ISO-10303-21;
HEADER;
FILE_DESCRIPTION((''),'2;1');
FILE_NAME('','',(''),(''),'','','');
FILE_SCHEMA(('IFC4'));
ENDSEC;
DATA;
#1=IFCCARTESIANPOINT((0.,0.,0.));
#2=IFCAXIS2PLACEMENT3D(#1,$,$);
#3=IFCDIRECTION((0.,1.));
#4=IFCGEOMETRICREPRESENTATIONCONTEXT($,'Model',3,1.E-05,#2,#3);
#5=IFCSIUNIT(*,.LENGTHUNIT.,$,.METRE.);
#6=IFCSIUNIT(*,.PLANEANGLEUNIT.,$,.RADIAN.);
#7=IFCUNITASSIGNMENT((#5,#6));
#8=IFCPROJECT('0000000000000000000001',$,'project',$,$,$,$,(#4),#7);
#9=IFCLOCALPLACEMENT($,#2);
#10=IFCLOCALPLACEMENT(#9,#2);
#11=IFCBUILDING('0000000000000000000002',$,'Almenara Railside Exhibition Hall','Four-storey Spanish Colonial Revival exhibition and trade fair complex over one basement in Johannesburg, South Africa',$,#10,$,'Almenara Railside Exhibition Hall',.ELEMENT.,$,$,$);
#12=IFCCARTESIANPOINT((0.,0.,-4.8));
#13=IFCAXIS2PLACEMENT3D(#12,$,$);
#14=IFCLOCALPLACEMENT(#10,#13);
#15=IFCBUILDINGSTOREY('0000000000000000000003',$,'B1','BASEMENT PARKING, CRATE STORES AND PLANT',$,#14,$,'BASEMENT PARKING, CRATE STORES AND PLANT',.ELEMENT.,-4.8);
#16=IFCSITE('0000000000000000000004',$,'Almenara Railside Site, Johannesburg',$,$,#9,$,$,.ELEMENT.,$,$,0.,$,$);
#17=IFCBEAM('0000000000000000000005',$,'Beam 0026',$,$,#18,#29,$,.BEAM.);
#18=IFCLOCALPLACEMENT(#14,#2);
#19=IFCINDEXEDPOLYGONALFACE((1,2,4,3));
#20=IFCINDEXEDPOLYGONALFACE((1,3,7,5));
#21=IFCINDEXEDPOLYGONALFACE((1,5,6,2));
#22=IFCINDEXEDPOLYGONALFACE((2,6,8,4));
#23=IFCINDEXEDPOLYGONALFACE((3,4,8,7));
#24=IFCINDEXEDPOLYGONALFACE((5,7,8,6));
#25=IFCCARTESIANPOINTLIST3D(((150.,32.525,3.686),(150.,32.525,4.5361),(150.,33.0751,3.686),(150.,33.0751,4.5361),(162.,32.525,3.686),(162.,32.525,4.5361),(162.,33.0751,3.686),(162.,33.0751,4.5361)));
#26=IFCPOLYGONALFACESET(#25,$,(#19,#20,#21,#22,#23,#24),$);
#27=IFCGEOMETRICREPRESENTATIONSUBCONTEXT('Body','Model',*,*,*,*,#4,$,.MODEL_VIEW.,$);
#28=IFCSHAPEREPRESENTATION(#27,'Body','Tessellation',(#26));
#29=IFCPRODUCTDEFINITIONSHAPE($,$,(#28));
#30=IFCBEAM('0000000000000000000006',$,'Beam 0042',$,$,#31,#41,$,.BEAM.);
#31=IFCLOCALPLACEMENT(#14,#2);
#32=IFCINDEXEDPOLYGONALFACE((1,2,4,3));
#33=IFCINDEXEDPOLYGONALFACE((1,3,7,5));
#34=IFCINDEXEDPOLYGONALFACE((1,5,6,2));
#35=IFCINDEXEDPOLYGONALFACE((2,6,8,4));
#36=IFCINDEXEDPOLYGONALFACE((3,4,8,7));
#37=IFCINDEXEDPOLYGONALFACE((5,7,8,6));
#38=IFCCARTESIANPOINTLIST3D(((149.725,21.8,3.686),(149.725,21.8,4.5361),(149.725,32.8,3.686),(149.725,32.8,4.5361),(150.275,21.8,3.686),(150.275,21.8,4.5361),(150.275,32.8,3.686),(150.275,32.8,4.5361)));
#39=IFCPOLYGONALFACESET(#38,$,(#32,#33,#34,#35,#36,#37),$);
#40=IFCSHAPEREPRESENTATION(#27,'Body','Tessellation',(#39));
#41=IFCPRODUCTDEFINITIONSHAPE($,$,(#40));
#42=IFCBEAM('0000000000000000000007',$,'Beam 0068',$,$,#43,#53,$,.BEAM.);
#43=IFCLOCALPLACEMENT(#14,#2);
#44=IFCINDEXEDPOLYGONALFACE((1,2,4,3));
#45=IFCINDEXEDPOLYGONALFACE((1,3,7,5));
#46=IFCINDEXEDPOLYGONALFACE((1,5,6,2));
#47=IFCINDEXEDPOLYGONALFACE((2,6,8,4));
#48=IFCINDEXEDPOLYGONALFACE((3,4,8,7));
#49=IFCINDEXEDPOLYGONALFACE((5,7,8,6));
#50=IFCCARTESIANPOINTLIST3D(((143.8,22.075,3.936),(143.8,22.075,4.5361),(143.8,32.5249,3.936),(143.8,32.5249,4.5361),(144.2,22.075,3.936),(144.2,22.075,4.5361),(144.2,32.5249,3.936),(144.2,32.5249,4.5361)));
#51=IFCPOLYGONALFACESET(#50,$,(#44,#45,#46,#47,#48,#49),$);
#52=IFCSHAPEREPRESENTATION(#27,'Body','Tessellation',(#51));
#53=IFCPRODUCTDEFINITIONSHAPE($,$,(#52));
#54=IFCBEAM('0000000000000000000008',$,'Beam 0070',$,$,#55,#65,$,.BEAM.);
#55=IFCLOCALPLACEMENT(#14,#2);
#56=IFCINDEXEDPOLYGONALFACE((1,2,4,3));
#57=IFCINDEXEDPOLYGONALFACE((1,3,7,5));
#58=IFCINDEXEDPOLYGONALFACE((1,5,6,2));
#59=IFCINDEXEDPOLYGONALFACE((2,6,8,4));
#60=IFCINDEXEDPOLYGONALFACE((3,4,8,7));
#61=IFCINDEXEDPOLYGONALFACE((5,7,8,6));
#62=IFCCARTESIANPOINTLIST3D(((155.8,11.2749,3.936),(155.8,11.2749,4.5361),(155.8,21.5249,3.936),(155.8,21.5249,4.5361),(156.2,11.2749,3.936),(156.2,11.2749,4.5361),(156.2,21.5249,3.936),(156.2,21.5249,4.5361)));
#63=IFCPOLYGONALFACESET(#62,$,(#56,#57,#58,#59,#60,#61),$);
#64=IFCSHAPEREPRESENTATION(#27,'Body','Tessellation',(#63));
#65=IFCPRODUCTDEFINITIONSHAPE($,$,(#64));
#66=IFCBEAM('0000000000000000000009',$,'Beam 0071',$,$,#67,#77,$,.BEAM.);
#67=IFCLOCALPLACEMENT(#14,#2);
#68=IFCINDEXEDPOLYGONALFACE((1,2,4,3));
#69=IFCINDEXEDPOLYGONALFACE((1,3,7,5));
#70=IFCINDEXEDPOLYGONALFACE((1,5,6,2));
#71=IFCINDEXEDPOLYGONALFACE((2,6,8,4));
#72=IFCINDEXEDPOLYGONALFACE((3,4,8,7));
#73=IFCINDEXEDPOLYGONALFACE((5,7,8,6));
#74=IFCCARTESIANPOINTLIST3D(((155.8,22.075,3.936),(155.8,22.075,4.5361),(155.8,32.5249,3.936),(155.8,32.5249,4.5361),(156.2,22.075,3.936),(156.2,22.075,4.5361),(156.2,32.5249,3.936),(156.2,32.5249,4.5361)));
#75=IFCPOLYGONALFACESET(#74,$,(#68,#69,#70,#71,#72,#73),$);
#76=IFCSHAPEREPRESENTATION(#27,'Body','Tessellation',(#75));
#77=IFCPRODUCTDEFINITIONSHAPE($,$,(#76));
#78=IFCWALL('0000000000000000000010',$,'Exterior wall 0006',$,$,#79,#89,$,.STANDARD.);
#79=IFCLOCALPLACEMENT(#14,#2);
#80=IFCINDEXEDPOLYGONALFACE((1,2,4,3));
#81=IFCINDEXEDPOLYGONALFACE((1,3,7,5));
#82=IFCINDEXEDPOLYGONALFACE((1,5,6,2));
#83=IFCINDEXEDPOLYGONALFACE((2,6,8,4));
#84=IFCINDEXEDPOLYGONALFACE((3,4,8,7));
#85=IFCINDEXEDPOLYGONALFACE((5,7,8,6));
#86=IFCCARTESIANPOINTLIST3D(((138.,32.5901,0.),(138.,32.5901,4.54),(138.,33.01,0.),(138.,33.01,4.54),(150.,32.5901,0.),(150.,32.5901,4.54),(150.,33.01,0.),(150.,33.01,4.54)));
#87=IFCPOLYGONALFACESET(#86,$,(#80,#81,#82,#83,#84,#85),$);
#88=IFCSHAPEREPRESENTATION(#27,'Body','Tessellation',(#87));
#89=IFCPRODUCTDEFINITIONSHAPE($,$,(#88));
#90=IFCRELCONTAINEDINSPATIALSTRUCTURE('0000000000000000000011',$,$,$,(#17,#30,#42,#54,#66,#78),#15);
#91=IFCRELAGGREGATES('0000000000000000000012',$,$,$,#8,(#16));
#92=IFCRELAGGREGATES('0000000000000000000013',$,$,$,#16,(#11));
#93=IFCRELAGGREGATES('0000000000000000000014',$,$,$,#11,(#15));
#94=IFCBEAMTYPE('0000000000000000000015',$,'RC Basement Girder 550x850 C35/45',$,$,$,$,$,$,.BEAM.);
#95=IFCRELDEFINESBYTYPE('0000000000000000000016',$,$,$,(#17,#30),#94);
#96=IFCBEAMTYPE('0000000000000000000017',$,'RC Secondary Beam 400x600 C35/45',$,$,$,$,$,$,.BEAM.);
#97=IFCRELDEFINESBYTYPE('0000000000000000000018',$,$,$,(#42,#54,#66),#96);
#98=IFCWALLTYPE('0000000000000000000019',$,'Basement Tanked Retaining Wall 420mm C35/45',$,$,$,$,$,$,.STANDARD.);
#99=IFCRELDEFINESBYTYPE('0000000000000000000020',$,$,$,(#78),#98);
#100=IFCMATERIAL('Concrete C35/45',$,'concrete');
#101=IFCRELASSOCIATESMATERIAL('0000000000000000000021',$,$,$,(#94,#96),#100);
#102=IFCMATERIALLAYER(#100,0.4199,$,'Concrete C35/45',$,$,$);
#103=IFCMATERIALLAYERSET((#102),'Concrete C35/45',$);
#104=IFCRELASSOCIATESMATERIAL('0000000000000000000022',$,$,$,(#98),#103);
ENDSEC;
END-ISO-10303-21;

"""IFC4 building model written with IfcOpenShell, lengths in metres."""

from ifc_helpers import new_model, si_unit, direction, frame, frame_2d, origin, origin_2d, place, context, subcontext, project, spatial, rectangle, extrude, material, layer, layer_set, material_profile, profile_set, type_object, element, save


model = new_model("IFC4")

# Units and contexts
model_context = context("Model", 3, precision=1e-05, world=origin(), true_north=direction((0.0, 1.0)))
body_context = subcontext(model_context, "Body", "Model", "MODEL_VIEW")
ifc_project = project(units=[si_unit("LENGTHUNIT", "METRE"), si_unit("PLANEANGLEUNIT", "RADIAN")], contexts=[model_context])

# Site, building, storey
site_placement = place(None, origin())
site = spatial("IfcSite", under=ifc_project, at=site_placement, Name="Almenara Railside Site, Johannesburg", CompositionType="ELEMENT", RefElevation=0.0)
building_placement = place(site_placement, origin())
building = spatial("IfcBuilding", under=site, at=building_placement, Name="Almenara Railside Exhibition Hall", Description="Four-storey Spanish Colonial Revival exhibition and trade fair complex over one basement in Johannesburg, South Africa", LongName="Almenara Railside Exhibition Hall", CompositionType="ELEMENT")
storey_placement = place(building_placement, frame((0.0, 0.0, -4.8)))
storey = spatial("IfcBuildingStorey", under=building, at=storey_placement, Name="B1", Description="BASEMENT PARKING, CRATE STORES AND PLANT", LongName="BASEMENT PARKING, CRATE STORES AND PLANT", CompositionType="ELEMENT", Elevation=-4.8)

# Shared definitions
ifc_material_1 = material(Name="Concrete C35/45", Category="concrete")

# Beams
ifc_material_profile_1 = material_profile(ifc_material_1, rectangle(XDim=0.55, YDim=0.8501, at=origin_2d()), Name="RC 550x850")
ifc_profile_set_1 = profile_set([ifc_material_profile_1], Name="Concrete C35/45")
beam_type_1 = type_object("IfcBeamType", Name="RC Basement Girder 550x850 C35/45", PredefinedType="BEAM", material=ifc_profile_set_1)
for number, where, z_axis, x_axis, name in (
    (1, (150.0, 32.8, 4.1111), (1.0, 0.0, 0.0), (0.0, 1.0, 0.0), "Beam 0026"),
):
    element("IfcBeam", number, at=place(storey_placement, frame(where, z_axis=z_axis, x_axis=x_axis)), inside=storey, type_object=beam_type_1, Name=name, PredefinedType="BEAM", context=body_context, shape_type="SweptSolid", body=[
        extrude(rectangle(XDim=0.55, YDim=0.8501, at=origin_2d()), origin(), (0.0, 0.0, 1.0), 12.0),
    ])
beam_1_placement = place(storey_placement, frame((150.0, 21.8, 4.1111), z_axis=(0.0, 1.0, 0.0), x_axis=(-1.0, 0.0, 0.0)))
element("IfcBeam", 2, at=beam_1_placement, inside=storey, type_object=beam_type_1, Name="Beam 0042", PredefinedType="BEAM", context=body_context, shape_type="SweptSolid", body=[
    extrude(rectangle(XDim=0.55, YDim=0.8501, at=origin_2d()), origin(), (0.0, 0.0, 1.0), 11.0),
])
ifc_material_profile_2 = material_profile(ifc_material_1, rectangle(XDim=0.3999, YDim=0.6001, at=origin_2d()), Name="RC 400x600")
ifc_profile_set_2 = profile_set([ifc_material_profile_2], Name="Concrete C35/45")
beam_type_2 = type_object("IfcBeamType", Name="RC Secondary Beam 400x600 C35/45", PredefinedType="BEAM", material=ifc_profile_set_2)
beam_2_placement = place(storey_placement, frame((144.0, 22.075, 4.2361), z_axis=(0.0, 1.0, 0.0), x_axis=(-1.0, 0.0, 0.0)))
element("IfcBeam", 3, at=beam_2_placement, inside=storey, type_object=beam_type_2, Name="Beam 0068", PredefinedType="BEAM", context=body_context, shape_type="SweptSolid", body=[
    extrude(rectangle(XDim=0.3999, YDim=0.6001, at=origin_2d()), origin(), (0.0, 0.0, 1.0), 10.45),
])
beam_3_placement = place(storey_placement, frame((156.0, 11.2749, 4.2361), z_axis=(0.0, 1.0, 0.0), x_axis=(-1.0, 0.0, 0.0)))
element("IfcBeam", 4, at=beam_3_placement, inside=storey, type_object=beam_type_2, Name="Beam 0070", PredefinedType="BEAM", context=body_context, shape_type="SweptSolid", body=[
    extrude(rectangle(XDim=0.3999, YDim=0.6001, at=origin_2d()), origin(), (0.0, 0.0, 1.0), 10.25),
])
beam_4_placement = place(storey_placement, frame((156.0, 22.075, 4.2361), z_axis=(0.0, 1.0, 0.0), x_axis=(-1.0, 0.0, 0.0)))
element("IfcBeam", 5, at=beam_4_placement, inside=storey, type_object=beam_type_2, Name="Beam 0071", PredefinedType="BEAM", context=body_context, shape_type="SweptSolid", body=[
    extrude(rectangle(XDim=0.3999, YDim=0.6001, at=origin_2d()), origin(), (0.0, 0.0, 1.0), 10.45),
])

# Wall
ifc_layer = layer(ifc_material_1, 0.4199, Name="Concrete C35/45")
ifc_layer_set = layer_set([ifc_layer], Name="Concrete C35/45")
wall_type = type_object("IfcWallType", Name="Basement Tanked Retaining Wall 420mm C35/45", PredefinedType="STANDARD", material=ifc_layer_set)
wall_placement = place(storey_placement, frame((150.0, 32.8, 0.0), z_axis=(0.0, 0.0, 1.0), x_axis=(-1.0, 0.0, 0.0)))
element("IfcWall", 6, at=wall_placement, inside=storey, type_object=wall_type, Name="Exterior wall 0006", PredefinedType="STANDARD", context=body_context, shape_type="SweptSolid", body=[
    extrude(rectangle(XDim=12.0, YDim=0.4199, at=frame_2d((6.0, 0.0))), origin(), (0.0, 0.0, 1.0), 4.54),
])

save(model, "model.ifc")
